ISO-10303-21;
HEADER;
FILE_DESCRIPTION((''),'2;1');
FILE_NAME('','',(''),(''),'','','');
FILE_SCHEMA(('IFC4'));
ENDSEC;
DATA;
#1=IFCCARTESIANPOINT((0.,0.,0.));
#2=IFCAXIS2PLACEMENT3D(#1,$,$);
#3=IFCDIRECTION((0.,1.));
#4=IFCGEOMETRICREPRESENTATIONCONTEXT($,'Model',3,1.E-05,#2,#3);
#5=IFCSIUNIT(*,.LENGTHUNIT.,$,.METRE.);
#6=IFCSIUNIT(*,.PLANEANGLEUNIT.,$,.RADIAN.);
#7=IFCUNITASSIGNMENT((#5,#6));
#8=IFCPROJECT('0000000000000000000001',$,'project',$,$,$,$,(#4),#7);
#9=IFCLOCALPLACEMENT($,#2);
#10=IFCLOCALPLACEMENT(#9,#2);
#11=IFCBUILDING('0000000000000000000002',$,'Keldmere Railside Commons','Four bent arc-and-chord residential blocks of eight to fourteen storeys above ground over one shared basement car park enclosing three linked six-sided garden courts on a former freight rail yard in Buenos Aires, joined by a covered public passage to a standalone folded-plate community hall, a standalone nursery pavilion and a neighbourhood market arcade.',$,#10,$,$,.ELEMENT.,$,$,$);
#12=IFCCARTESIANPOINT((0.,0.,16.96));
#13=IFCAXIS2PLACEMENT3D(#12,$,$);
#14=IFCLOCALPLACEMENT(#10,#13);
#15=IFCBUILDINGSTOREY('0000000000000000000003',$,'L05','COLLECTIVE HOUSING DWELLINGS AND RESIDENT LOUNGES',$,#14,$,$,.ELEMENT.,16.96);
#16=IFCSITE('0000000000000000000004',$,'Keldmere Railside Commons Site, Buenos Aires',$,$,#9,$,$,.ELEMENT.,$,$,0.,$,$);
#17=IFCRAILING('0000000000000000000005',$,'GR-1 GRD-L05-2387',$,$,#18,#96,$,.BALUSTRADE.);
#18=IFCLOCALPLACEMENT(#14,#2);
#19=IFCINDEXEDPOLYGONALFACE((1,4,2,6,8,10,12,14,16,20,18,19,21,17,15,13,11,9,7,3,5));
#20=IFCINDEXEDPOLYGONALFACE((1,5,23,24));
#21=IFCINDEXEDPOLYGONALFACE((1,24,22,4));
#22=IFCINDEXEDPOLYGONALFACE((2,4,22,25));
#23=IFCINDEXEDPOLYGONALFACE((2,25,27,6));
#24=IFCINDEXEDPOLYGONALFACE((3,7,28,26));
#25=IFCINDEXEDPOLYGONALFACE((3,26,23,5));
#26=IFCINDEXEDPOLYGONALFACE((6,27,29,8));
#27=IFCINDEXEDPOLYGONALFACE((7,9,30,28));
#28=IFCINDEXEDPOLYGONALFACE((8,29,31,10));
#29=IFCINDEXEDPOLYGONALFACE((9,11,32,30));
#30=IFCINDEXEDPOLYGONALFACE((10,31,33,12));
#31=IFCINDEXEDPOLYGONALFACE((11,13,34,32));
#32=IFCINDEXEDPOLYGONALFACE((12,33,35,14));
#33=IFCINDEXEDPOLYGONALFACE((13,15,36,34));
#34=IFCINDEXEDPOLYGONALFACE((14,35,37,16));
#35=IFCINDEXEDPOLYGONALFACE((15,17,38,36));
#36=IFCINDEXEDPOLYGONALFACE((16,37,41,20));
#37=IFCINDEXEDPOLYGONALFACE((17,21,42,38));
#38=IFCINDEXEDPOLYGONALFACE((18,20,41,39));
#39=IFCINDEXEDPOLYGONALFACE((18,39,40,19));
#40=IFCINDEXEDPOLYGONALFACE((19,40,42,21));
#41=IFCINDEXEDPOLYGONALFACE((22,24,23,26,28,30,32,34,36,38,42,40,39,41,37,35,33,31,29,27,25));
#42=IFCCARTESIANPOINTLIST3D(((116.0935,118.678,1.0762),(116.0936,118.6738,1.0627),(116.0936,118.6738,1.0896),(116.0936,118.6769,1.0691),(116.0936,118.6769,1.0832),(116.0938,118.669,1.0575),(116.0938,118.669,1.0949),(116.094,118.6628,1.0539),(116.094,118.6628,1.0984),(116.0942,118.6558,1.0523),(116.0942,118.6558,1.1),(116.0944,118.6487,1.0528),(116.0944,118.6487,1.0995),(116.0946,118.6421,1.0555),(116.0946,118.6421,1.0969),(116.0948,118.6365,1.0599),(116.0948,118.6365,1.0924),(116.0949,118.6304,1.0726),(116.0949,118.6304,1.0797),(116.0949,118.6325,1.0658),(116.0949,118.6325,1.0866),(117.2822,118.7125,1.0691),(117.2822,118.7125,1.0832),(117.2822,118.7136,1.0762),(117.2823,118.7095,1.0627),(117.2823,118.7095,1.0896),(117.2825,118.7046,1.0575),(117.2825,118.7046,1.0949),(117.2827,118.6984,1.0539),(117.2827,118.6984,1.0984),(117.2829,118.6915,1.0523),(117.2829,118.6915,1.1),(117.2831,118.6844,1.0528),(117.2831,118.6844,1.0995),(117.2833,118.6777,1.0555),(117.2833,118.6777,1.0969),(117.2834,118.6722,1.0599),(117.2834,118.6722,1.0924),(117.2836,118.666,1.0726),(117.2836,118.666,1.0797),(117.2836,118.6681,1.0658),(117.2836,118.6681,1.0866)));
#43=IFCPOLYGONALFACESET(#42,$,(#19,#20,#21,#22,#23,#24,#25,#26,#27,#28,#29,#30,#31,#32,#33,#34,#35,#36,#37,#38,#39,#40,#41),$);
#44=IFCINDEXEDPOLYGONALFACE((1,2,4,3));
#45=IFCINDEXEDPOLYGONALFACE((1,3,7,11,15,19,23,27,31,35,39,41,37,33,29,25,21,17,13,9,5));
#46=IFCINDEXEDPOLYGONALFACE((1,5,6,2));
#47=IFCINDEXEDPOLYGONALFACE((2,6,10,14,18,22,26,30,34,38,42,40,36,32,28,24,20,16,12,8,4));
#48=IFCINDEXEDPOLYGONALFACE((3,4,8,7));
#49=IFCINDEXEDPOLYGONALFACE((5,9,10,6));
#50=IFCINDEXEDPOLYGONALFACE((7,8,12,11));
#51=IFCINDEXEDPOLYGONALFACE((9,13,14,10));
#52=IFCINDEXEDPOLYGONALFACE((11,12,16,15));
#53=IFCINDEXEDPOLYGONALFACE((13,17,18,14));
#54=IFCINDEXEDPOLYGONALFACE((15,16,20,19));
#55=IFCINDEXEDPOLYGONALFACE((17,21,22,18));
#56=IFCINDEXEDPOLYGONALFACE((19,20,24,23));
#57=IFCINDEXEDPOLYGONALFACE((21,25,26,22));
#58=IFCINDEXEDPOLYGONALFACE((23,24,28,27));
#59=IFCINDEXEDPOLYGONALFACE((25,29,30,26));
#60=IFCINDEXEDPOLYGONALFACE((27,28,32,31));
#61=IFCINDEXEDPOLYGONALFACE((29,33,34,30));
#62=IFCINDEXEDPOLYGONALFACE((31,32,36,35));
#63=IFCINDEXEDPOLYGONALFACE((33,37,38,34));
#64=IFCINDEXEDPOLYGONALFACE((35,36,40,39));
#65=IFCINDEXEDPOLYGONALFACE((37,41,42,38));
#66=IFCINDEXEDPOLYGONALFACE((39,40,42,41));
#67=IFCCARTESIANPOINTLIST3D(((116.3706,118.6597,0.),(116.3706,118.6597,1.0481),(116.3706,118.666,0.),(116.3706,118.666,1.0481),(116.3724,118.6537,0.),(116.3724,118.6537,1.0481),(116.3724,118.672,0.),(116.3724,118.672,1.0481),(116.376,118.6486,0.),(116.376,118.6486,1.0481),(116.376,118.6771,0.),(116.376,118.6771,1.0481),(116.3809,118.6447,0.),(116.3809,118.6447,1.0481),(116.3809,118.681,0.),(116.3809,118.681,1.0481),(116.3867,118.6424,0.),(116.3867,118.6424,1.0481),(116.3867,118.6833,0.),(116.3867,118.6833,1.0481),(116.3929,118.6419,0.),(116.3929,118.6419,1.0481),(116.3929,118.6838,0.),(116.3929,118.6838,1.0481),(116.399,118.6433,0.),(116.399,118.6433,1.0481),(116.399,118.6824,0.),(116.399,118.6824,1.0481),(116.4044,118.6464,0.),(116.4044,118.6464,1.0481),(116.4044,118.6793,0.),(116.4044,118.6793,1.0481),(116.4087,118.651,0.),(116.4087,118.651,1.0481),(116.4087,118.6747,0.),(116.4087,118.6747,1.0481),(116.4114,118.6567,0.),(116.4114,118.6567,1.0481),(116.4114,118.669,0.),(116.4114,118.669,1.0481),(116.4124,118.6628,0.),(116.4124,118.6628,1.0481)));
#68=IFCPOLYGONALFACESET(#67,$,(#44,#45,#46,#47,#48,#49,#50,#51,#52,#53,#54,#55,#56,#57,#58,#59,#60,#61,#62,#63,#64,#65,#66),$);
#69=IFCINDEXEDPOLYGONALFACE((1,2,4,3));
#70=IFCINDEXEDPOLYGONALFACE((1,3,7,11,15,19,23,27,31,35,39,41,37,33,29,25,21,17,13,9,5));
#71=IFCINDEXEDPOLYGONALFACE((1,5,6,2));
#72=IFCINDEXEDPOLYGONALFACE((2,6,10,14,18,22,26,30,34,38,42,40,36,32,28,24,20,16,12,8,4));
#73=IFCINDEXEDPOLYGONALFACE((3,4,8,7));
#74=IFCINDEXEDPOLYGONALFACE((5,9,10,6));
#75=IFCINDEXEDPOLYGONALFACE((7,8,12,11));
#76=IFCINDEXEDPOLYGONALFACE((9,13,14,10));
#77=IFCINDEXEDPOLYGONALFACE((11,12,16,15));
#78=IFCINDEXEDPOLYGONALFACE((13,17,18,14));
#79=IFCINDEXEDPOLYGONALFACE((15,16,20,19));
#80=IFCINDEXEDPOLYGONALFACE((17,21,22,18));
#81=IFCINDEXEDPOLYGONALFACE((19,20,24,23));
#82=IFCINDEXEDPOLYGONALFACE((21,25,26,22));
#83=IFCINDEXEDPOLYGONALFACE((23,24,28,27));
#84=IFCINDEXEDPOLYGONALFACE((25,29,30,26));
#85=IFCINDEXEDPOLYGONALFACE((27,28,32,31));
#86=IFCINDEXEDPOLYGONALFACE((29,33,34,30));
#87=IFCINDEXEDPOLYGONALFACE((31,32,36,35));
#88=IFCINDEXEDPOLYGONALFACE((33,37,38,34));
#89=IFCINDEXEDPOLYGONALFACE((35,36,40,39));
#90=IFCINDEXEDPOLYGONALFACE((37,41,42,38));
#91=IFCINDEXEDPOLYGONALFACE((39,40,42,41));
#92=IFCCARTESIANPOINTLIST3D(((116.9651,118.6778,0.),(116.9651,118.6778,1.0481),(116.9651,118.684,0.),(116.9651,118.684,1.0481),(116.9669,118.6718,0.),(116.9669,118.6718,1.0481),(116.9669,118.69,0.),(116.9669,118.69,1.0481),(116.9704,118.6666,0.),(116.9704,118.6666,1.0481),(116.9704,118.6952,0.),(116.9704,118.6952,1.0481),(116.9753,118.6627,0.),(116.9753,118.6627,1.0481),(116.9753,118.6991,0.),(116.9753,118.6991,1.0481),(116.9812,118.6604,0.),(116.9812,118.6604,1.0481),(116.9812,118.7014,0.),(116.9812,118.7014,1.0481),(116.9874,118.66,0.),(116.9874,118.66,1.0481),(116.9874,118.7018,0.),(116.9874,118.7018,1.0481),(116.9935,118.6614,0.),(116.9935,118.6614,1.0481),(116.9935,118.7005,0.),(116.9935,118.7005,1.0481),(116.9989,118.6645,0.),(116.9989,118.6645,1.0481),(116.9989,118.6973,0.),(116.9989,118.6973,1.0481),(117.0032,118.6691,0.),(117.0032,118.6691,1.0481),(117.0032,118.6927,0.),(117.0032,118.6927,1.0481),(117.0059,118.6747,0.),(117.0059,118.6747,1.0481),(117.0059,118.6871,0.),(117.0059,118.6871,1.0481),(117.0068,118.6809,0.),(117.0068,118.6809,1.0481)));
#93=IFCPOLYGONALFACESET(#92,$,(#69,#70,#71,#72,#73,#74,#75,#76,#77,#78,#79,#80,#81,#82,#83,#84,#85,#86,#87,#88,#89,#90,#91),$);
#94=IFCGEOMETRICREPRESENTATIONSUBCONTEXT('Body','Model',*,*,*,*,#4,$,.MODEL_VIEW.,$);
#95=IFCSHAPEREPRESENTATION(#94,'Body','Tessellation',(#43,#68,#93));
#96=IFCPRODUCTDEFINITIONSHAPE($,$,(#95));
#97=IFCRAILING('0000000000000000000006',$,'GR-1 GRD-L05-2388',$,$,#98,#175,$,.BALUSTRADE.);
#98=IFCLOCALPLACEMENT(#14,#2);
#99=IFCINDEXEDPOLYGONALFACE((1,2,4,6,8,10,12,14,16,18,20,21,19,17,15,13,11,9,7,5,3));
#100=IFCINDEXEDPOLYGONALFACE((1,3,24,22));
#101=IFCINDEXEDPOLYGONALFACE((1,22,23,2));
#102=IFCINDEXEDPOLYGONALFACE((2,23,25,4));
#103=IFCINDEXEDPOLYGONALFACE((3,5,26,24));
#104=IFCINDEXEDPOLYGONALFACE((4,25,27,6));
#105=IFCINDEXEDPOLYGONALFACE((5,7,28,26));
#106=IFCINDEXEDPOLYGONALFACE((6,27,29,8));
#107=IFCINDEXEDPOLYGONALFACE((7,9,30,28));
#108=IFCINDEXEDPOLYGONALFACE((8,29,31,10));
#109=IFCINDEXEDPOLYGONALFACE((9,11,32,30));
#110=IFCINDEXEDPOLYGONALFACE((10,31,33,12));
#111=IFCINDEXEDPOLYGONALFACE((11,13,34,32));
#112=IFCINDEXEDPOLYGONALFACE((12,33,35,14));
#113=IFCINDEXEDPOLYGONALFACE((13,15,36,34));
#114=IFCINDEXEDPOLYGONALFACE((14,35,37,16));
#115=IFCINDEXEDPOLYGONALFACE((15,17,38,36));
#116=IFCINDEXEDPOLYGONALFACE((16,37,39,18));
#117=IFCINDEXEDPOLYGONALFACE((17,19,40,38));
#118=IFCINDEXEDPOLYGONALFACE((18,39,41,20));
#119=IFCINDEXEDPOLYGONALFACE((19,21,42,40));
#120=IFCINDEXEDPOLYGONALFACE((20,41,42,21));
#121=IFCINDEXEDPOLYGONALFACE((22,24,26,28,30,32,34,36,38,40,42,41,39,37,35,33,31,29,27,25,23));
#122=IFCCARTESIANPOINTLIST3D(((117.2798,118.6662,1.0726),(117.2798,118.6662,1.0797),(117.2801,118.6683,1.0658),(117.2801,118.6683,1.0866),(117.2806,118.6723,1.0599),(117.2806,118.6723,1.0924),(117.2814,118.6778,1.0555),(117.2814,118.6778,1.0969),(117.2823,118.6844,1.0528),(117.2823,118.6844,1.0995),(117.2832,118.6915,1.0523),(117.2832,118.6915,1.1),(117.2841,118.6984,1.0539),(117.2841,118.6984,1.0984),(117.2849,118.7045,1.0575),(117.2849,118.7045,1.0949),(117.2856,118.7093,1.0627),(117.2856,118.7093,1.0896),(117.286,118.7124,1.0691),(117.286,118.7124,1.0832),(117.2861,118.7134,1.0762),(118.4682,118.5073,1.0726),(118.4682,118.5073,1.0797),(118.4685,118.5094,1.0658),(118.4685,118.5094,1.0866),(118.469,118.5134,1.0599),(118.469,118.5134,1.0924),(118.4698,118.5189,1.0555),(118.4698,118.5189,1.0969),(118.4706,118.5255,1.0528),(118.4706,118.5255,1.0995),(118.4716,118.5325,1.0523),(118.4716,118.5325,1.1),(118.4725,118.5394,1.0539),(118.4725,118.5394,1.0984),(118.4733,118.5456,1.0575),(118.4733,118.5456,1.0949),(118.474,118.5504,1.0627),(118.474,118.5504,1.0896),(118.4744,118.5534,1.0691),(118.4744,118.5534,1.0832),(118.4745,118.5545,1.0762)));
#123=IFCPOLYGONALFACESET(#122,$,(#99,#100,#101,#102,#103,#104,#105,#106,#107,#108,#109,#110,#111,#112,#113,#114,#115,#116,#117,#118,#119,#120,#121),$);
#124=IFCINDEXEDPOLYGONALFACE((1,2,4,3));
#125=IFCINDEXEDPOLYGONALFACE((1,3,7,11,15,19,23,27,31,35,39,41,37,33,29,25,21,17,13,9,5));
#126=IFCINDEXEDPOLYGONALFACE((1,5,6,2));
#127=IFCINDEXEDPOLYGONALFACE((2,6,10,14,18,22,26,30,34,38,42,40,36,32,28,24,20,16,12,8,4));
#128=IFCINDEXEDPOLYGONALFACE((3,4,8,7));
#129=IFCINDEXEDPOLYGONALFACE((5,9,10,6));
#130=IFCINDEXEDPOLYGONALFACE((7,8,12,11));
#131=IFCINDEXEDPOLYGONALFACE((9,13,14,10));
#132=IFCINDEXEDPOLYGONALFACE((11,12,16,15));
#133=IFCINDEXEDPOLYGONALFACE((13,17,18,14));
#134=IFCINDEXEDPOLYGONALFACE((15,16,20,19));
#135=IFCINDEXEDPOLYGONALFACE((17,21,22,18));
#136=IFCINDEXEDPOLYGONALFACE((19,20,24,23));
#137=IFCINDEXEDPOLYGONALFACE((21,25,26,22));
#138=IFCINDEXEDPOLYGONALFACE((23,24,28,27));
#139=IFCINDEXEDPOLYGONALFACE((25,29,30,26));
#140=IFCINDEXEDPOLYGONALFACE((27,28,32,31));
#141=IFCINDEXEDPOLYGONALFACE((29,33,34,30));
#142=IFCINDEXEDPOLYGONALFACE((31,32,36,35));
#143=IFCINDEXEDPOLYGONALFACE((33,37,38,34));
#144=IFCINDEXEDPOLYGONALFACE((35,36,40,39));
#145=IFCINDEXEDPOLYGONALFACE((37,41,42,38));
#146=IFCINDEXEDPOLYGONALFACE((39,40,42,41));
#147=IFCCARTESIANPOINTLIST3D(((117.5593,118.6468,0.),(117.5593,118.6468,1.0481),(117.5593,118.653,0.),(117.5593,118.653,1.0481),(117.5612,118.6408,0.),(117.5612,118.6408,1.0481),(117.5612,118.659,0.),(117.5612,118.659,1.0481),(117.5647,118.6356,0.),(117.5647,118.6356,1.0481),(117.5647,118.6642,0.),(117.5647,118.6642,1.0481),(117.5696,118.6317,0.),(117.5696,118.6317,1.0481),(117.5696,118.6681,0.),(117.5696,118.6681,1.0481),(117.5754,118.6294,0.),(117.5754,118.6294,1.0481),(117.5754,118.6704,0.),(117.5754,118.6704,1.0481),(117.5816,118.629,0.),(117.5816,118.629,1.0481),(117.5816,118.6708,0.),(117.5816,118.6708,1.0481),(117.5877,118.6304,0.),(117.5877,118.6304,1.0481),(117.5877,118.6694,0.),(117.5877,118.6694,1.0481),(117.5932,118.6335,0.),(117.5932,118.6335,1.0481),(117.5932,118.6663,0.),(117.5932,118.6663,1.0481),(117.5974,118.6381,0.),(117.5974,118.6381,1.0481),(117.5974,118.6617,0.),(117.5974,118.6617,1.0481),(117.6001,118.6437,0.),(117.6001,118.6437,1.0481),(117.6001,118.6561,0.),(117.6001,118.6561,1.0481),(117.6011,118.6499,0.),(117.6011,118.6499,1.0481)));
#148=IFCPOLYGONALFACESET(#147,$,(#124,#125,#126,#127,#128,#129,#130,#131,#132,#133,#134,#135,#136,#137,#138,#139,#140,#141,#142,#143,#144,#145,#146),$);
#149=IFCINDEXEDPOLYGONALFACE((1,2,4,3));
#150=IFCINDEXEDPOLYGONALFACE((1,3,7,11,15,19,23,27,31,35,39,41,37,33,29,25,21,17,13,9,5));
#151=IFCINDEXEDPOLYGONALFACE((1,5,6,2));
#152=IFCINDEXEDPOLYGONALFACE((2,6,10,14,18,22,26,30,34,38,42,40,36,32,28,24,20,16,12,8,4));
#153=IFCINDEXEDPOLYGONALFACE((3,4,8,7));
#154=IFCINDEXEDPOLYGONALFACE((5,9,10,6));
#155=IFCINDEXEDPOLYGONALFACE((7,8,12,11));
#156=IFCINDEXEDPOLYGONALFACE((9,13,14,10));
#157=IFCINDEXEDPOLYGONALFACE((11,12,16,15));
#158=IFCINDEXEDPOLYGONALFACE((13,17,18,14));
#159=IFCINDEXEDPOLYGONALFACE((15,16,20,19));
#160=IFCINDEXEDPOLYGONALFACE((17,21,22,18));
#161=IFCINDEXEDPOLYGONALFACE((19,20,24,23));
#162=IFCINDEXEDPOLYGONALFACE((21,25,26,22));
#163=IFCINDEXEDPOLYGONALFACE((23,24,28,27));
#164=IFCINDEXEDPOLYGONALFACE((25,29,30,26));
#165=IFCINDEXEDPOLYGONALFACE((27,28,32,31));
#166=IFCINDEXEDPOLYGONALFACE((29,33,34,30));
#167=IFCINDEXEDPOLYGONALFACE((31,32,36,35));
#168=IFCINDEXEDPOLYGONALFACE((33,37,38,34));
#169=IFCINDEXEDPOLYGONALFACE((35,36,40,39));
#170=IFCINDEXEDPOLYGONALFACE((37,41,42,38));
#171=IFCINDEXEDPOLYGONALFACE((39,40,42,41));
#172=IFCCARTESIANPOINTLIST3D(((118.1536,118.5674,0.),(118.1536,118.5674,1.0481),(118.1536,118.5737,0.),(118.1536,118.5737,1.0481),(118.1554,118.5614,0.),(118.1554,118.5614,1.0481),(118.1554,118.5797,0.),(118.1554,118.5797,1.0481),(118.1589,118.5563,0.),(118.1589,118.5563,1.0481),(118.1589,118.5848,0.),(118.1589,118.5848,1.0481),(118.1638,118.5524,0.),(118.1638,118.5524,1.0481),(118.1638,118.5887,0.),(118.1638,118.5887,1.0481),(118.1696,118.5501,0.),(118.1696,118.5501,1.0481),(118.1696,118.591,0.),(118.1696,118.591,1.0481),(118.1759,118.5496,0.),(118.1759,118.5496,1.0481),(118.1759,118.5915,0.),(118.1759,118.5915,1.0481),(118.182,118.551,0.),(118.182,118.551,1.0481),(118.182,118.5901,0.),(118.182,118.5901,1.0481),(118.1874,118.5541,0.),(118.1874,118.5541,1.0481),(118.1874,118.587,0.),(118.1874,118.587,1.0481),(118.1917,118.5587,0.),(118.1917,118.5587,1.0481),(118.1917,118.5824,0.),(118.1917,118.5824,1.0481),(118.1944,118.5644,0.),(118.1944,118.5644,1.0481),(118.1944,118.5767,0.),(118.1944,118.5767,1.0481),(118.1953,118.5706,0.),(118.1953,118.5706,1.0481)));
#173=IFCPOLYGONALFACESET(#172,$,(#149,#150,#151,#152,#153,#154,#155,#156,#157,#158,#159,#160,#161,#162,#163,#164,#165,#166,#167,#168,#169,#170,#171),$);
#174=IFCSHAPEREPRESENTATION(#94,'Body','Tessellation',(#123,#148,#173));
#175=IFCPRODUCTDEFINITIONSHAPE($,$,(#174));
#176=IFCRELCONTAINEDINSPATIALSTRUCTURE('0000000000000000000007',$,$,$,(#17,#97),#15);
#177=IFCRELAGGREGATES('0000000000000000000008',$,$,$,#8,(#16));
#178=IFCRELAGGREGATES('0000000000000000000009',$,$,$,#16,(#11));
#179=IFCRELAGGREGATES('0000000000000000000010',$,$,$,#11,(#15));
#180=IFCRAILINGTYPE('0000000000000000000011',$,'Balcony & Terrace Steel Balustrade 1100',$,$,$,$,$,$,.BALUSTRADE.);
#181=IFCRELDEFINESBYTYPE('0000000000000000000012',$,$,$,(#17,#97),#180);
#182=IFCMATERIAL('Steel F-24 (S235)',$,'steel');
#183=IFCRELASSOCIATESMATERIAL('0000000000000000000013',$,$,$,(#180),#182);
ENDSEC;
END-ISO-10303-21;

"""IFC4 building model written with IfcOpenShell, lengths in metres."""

from ifc_helpers import new_model, si_unit, direction, frame, origin, origin_2d, place, context, subcontext, project, spatial, circle, extrude, material, type_object, element, save


model = new_model("IFC4")

# Units and contexts
model_context = context("Model", 3, precision=1e-05, world=origin(), true_north=direction((0.0, 1.0)))
body_context = subcontext(model_context, "Body", "Model", "MODEL_VIEW")
ifc_project = project(units=[si_unit("LENGTHUNIT", "METRE"), si_unit("PLANEANGLEUNIT", "RADIAN")], contexts=[model_context])

# Site, building, storey
site_placement = place(None, origin())
site = spatial("IfcSite", under=ifc_project, at=site_placement, Name="Keldmere Railside Commons Site, Buenos Aires", CompositionType="ELEMENT", RefElevation=0.0)
building_placement = place(site_placement, origin())
building = spatial("IfcBuilding", under=site, at=building_placement, Name="Keldmere Railside Commons", Description="Four bent arc-and-chord residential blocks of eight to fourteen storeys above ground over one shared basement car park enclosing three linked six-sided garden courts on a former freight rail yard in Buenos Aires, joined by a covered public passage to a standalone folded-plate community hall, a standalone nursery pavilion and a neighbourhood market arcade.", CompositionType="ELEMENT")
storey_placement = place(building_placement, frame((0.0, 0.0, 16.96)))
storey = spatial("IfcBuildingStorey", under=building, at=storey_placement, Name="L05", Description="COLLECTIVE HOUSING DWELLINGS AND RESIDENT LOUNGES", CompositionType="ELEMENT", Elevation=16.96)

# Shared definitions
ifc_material_1 = material(Name="Steel F-24 (S235)", Category="steel")

# Railings
railing_type = type_object("IfcRailingType", Name="Balcony & Terrace Steel Balustrade 1100", PredefinedType="BALUSTRADE", material=ifc_material_1)
railing_1_placement = place(storey_placement, frame((116.0942, 118.6541, 0.0)))
element("IfcRailing", 1, at=railing_1_placement, inside=storey, type_object=railing_type, Name="GR-1 GRD-L05-2387", PredefinedType="BALUSTRADE", context=body_context, shape_type="SweptSolid", body=[
    extrude(circle(Radius=0.0239, at=origin_2d()), frame((0.0, 0.0, 1.0762), z_axis=(0.999551, 0.029972, 0.0), x_axis=(-0.029972, 0.999551, 0.0)), (0.0, 0.0, 1.0), 1.1892),
    extrude(circle(Radius=0.021, at=origin_2d()), frame((0.2971, 0.0088, 0.0)), (0.0, 0.0, 1.0), 1.0481),
    extrude(circle(Radius=0.021, at=origin_2d()), frame((0.8916, 0.0269, 0.0)), (0.0, 0.0, 1.0), 1.0481),
])
railing_2_placement = place(storey_placement, frame((117.283, 118.6897, 0.0)))
element("IfcRailing", 2, at=railing_2_placement, inside=storey, type_object=railing_type, Name="GR-1 GRD-L05-2388", PredefinedType="BALUSTRADE", context=body_context, shape_type="SweptSolid", body=[
    extrude(circle(Radius=0.0239, at=origin_2d()), frame((0.0, 0.0, 1.0762), z_axis=(0.991176, -0.13255, 0.0), x_axis=(0.13255, 0.991176, 0.0)), (0.0, 0.0, 1.0), 1.199),
    extrude(circle(Radius=0.021, at=origin_2d()), frame((0.2971, -0.0398, 0.0)), (0.0, 0.0, 1.0), 1.0481),
    extrude(circle(Radius=0.021, at=origin_2d()), frame((0.8914, -0.1191, 0.0)), (0.0, 0.0, 1.0), 1.0481),
])

save(model, "model.ifc")
